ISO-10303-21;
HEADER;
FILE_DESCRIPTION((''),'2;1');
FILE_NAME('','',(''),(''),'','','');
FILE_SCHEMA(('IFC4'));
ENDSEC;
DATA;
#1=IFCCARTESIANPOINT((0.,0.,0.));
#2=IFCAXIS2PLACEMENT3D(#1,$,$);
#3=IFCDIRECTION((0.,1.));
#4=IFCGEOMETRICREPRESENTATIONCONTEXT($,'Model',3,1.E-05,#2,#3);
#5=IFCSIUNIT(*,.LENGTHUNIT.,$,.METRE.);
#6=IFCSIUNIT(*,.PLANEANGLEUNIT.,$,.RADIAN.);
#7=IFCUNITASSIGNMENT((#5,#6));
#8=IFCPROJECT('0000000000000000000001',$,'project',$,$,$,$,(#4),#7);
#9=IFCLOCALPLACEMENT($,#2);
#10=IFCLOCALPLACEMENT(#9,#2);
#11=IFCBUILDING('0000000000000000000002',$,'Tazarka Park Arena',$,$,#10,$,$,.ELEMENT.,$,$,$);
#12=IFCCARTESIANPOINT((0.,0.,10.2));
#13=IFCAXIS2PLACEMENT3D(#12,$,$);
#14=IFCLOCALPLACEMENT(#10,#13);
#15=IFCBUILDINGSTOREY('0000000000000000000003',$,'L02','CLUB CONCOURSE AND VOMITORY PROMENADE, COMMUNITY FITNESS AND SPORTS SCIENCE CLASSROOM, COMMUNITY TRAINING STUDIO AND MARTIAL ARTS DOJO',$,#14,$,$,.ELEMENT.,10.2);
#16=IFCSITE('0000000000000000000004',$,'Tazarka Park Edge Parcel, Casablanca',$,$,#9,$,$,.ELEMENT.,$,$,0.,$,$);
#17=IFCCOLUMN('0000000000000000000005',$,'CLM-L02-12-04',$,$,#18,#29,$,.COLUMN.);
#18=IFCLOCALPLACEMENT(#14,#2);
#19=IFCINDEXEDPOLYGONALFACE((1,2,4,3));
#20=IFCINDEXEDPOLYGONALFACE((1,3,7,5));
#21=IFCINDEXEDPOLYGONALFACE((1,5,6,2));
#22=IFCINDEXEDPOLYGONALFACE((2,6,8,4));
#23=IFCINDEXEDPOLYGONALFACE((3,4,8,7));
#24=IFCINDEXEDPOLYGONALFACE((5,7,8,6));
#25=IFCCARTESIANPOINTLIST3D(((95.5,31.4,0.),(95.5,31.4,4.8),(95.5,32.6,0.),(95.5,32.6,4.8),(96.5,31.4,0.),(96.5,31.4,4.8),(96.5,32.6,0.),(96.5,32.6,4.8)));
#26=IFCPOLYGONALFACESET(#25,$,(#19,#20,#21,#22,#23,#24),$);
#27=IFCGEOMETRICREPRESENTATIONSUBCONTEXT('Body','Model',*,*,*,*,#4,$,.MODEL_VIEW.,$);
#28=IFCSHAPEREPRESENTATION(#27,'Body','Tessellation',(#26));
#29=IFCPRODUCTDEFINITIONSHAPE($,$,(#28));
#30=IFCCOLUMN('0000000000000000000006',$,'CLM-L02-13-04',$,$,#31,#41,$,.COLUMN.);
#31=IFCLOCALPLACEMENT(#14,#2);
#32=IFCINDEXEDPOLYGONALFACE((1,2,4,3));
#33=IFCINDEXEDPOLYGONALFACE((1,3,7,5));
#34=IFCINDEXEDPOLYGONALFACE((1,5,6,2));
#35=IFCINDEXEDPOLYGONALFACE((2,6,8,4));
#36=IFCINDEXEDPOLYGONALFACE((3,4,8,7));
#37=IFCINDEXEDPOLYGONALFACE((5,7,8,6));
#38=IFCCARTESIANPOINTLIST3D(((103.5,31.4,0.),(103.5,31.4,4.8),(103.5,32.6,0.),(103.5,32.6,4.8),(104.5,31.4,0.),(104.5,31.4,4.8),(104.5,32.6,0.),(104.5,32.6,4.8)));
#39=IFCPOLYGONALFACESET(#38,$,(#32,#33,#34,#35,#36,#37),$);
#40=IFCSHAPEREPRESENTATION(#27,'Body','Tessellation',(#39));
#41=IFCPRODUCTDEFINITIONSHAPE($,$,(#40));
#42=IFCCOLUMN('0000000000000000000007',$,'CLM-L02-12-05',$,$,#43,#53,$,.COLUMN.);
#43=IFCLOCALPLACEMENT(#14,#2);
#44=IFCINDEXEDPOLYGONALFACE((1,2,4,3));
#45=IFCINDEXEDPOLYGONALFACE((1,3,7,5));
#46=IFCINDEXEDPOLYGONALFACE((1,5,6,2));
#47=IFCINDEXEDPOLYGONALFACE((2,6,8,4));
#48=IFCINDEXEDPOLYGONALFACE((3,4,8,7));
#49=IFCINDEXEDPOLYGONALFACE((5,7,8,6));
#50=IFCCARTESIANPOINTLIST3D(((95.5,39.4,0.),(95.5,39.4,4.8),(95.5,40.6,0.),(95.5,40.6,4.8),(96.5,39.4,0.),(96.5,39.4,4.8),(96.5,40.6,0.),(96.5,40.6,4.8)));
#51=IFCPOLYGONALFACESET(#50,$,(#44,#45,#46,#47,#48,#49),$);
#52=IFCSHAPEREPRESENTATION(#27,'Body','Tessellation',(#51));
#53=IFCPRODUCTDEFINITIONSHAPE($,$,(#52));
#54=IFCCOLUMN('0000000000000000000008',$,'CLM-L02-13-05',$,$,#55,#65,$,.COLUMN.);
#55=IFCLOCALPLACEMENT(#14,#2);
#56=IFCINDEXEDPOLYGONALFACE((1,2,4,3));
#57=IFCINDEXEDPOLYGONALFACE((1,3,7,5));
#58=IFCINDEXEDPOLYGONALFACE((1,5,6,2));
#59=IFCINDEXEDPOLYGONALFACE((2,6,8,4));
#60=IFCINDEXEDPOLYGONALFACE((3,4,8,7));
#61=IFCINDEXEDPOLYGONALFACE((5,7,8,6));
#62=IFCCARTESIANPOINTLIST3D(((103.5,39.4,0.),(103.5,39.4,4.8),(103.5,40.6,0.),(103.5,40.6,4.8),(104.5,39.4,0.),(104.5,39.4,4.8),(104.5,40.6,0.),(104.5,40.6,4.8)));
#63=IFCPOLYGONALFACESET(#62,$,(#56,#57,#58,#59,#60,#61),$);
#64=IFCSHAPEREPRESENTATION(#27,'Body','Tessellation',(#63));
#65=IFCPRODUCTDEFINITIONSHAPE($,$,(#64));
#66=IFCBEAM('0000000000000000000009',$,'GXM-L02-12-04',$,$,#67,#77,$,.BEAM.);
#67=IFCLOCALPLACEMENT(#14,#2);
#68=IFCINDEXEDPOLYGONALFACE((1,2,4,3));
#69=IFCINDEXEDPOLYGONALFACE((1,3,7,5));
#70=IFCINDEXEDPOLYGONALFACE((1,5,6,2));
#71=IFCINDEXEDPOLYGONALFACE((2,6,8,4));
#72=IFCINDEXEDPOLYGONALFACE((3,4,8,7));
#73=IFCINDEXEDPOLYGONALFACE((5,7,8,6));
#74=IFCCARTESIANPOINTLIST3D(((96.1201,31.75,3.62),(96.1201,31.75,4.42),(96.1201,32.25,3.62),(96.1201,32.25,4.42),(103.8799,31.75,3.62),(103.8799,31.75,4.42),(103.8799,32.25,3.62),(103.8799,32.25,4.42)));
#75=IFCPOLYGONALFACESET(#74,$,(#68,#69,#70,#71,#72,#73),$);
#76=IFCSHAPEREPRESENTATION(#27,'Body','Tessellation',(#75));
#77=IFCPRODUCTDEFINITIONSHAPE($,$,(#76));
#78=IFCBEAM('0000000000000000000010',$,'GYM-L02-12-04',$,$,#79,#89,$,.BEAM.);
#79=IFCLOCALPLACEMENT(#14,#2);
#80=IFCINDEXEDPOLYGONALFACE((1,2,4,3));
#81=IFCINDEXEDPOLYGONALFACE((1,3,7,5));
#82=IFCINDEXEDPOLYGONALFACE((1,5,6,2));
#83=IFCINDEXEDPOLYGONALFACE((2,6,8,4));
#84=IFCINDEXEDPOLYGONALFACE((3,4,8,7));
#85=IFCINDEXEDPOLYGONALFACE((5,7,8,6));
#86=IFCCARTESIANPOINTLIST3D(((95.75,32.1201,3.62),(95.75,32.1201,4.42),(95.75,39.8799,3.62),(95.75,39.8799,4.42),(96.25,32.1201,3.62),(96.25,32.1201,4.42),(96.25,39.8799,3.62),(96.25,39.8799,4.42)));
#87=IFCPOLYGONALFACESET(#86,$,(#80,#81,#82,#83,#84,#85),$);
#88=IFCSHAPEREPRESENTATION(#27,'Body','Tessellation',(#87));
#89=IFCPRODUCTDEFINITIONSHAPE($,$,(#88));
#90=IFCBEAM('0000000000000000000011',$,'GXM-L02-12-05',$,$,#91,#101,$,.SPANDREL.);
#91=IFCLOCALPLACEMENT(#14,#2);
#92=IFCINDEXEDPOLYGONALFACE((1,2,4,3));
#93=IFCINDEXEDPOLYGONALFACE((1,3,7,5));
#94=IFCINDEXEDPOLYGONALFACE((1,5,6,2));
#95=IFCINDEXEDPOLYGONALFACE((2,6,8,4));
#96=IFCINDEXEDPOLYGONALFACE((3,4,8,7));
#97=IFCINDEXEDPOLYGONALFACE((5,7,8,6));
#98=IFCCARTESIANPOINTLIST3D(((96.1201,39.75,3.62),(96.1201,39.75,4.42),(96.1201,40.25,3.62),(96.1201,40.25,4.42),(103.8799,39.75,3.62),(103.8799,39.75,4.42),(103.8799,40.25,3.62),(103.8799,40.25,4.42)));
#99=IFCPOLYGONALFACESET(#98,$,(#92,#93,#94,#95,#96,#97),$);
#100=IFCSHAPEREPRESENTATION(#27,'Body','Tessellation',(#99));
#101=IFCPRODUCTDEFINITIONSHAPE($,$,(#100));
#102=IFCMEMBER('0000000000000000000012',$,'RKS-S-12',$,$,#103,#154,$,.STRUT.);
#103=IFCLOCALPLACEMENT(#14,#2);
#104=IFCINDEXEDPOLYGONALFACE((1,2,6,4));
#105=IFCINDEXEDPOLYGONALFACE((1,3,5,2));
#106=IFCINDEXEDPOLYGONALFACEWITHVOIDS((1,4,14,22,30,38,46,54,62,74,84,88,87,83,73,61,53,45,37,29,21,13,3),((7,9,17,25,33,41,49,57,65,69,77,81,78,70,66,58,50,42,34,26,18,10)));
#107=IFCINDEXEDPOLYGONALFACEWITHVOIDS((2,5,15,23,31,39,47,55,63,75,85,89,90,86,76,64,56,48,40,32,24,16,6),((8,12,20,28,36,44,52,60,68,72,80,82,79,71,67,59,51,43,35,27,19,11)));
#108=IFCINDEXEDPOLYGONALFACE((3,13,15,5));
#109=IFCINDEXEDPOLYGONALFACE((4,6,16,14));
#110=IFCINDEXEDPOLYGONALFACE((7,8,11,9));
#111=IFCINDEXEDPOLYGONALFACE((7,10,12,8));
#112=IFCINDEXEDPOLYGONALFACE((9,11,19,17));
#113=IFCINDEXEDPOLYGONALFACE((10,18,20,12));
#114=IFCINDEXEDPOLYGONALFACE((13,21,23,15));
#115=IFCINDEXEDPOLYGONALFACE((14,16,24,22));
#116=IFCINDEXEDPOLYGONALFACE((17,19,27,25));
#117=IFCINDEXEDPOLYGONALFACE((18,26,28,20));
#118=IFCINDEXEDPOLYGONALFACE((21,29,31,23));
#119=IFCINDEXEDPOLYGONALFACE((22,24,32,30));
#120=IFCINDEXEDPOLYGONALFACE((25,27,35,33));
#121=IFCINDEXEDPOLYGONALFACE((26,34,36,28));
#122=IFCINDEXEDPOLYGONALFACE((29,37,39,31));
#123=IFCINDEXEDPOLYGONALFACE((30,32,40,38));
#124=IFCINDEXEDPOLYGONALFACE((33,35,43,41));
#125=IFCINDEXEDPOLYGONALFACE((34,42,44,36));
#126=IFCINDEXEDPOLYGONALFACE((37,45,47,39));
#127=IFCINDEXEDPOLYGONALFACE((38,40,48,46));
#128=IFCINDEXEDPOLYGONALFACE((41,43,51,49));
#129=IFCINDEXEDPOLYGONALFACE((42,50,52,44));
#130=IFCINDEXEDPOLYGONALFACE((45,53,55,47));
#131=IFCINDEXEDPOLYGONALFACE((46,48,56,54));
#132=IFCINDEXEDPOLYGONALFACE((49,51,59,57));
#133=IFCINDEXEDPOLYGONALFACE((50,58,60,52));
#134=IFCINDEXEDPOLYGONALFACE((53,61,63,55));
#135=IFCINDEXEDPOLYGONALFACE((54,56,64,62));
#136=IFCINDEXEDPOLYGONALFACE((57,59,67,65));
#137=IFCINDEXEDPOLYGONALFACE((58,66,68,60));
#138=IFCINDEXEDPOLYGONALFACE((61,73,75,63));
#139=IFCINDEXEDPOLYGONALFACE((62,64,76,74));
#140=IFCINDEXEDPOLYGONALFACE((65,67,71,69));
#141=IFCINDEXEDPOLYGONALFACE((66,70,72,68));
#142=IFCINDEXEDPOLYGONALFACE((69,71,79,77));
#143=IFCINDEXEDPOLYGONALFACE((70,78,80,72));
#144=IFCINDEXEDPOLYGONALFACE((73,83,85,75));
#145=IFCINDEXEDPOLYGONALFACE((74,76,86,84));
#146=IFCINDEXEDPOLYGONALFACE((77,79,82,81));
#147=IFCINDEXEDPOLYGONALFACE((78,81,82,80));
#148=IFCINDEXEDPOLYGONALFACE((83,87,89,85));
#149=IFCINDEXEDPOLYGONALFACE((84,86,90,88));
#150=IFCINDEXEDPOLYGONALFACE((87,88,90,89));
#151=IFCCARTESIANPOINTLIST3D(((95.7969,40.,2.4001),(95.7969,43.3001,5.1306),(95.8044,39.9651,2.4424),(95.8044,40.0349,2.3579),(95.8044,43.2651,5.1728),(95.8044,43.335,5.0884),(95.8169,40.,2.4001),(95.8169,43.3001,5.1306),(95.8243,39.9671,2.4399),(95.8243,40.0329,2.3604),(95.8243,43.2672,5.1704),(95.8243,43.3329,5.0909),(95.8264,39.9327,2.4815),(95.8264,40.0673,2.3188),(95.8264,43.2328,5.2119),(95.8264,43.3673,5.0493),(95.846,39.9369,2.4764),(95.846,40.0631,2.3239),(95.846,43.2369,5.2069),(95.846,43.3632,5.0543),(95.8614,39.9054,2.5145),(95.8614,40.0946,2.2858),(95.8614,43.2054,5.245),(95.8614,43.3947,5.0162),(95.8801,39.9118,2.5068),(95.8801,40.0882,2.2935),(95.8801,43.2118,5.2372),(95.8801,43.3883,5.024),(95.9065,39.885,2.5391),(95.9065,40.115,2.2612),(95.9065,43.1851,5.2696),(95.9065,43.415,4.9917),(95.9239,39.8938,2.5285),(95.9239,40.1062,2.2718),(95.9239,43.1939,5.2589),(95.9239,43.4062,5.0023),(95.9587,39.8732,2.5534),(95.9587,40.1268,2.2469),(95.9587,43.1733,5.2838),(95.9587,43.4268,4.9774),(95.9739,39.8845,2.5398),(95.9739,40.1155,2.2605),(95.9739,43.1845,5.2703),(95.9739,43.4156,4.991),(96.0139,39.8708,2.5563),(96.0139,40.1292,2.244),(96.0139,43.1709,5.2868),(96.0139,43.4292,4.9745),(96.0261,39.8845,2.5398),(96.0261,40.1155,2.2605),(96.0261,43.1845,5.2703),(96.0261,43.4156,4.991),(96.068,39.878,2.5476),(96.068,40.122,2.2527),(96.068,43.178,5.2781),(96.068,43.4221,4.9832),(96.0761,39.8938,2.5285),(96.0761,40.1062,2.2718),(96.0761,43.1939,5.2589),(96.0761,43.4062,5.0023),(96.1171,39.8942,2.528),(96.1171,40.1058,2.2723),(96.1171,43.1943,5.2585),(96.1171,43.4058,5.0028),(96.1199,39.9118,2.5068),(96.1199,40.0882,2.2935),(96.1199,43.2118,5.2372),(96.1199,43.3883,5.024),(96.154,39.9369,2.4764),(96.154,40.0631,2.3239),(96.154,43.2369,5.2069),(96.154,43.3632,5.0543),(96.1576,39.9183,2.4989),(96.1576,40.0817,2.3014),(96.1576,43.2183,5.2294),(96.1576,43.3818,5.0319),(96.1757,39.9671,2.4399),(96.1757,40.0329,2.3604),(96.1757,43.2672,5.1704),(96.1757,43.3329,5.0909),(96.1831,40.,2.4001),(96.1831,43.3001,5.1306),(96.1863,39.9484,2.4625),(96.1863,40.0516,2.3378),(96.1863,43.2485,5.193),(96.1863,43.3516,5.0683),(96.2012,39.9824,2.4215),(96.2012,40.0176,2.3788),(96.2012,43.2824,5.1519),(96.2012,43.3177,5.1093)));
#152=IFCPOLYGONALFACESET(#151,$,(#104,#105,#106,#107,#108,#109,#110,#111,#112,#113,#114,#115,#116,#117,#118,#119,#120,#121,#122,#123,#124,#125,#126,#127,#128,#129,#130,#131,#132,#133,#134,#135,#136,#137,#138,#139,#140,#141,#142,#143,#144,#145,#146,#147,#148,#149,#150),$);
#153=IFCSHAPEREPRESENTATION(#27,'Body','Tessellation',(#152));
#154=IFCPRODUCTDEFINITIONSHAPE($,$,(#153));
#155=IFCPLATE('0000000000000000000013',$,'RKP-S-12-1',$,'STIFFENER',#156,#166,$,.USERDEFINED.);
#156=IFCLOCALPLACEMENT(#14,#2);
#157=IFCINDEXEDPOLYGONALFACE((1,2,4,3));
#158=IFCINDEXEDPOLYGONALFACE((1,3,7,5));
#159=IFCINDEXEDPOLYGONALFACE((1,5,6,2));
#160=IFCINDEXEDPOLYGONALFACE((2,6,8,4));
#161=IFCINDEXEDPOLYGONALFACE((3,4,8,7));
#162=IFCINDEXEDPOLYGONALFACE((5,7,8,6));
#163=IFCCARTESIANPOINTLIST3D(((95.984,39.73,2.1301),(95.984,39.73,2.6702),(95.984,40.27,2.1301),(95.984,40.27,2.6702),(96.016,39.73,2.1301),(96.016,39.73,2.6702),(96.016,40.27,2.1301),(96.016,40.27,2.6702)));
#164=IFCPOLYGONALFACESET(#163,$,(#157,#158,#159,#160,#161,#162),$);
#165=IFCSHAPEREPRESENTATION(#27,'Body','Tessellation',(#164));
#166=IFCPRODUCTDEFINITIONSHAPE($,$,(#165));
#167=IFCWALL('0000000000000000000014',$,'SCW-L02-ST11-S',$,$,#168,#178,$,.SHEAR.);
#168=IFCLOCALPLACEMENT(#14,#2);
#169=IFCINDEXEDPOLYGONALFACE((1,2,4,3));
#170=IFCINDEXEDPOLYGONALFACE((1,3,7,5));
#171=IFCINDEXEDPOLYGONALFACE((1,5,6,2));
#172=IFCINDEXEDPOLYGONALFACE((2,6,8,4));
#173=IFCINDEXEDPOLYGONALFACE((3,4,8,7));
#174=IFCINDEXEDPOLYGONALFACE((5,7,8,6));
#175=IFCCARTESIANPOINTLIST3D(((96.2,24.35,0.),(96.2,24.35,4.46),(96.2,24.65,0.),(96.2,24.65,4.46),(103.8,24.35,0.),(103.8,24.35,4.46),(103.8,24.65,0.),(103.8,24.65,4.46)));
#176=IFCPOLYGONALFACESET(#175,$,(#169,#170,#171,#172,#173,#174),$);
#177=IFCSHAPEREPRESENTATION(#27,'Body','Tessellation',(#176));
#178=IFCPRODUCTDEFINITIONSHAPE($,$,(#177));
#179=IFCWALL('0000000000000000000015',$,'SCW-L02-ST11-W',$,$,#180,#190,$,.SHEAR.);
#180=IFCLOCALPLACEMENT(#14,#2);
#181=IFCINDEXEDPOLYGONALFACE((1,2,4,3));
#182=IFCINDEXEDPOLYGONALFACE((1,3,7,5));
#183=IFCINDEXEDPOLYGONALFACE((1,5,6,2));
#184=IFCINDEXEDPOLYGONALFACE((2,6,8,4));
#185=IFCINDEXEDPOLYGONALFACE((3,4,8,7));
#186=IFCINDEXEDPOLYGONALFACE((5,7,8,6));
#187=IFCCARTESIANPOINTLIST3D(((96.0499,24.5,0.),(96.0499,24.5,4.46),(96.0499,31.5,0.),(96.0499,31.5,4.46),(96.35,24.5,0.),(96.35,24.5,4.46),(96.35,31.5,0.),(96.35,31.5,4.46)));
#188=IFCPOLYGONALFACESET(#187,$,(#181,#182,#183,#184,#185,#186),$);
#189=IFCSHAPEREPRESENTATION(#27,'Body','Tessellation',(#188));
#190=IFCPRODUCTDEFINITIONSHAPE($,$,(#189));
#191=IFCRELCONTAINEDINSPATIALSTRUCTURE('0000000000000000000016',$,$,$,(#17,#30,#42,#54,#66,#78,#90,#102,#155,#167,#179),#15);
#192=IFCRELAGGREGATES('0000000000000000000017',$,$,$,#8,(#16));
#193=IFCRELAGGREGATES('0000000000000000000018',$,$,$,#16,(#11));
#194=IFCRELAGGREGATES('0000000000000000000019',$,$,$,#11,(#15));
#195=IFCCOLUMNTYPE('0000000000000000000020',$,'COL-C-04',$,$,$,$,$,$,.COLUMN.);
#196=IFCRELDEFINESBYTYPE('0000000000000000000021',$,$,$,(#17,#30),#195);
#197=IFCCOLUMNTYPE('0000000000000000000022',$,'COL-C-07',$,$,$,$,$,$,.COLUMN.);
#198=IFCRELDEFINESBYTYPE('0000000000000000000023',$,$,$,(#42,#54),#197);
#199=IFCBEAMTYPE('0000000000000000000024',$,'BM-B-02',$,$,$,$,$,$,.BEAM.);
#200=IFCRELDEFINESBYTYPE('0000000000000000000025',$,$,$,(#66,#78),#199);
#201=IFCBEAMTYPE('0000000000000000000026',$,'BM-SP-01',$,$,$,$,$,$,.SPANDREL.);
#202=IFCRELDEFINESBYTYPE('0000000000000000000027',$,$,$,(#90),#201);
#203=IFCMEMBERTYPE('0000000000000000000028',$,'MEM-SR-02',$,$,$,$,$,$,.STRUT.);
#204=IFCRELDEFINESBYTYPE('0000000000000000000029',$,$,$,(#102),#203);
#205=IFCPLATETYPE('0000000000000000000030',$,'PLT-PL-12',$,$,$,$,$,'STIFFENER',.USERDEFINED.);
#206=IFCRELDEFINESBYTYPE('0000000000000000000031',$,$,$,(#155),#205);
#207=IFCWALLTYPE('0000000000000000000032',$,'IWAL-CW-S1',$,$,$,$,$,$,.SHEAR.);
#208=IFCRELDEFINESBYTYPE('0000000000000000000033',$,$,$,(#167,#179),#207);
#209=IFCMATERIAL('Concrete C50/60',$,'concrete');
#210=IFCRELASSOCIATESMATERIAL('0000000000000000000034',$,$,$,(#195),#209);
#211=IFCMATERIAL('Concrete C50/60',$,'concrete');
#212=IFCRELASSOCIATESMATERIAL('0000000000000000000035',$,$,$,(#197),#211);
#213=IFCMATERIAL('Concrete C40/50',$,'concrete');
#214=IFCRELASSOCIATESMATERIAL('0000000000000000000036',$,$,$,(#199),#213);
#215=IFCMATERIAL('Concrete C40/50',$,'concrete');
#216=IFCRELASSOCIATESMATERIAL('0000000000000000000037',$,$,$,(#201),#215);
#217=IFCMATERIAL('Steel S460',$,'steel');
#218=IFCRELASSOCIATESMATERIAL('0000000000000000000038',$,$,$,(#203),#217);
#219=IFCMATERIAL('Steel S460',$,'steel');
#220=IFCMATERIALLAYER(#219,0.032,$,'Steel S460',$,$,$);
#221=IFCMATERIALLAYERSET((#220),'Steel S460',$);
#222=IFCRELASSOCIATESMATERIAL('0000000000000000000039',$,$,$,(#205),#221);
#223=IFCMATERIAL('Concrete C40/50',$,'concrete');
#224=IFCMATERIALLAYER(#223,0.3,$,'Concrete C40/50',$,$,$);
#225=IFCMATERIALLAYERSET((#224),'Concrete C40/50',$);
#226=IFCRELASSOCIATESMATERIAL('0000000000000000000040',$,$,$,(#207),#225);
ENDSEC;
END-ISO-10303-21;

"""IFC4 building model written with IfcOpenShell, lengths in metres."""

from ifc_helpers import new_model, si_unit, direction, frame, frame_2d, origin, origin_2d, place, context, subcontext, project, spatial, rectangle, hollow_circle, extrude, material, layer, layer_set, material_profile, profile_set, type_object, element, save


model = new_model("IFC4")

# Units and contexts
model_context = context("Model", 3, precision=1e-05, world=origin(), true_north=direction((0.0, 1.0)))
body_context = subcontext(model_context, "Body", "Model", "MODEL_VIEW")
ifc_project = project(units=[si_unit("LENGTHUNIT", "METRE"), si_unit("PLANEANGLEUNIT", "RADIAN")], contexts=[model_context])

# Site, building, storey
site_placement = place(None, origin())
site = spatial("IfcSite", under=ifc_project, at=site_placement, Name="Tazarka Park Edge Parcel, Casablanca", CompositionType="ELEMENT", RefElevation=0.0)
building_placement = place(site_placement, origin())
building = spatial("IfcBuilding", under=site, at=building_placement, Name="Tazarka Park Arena", CompositionType="ELEMENT")
storey_placement = place(building_placement, frame((0.0, 0.0, 10.2)))
storey = spatial("IfcBuildingStorey", under=building, at=storey_placement, Name="L02", Description="CLUB CONCOURSE AND VOMITORY PROMENADE, COMMUNITY FITNESS AND SPORTS SCIENCE CLASSROOM, COMMUNITY TRAINING STUDIO AND MARTIAL ARTS DOJO", CompositionType="ELEMENT", Elevation=10.2)

# Columns
ifc_material_1 = material(Name="Concrete C50/60", Category="concrete")
ifc_material_profile_1 = material_profile(ifc_material_1, rectangle(XDim=1.0, YDim=1.2, at=origin_2d()), Name="Concrete C50/60")
ifc_profile_set_1 = profile_set([ifc_material_profile_1], Name="Concrete C50/60")
column_type_1 = type_object("IfcColumnType", Name="COL-C-04", PredefinedType="COLUMN", material=ifc_profile_set_1)
for number, where, z_axis, x_axis, name in (
    (1, (96.0, 32.0, 0.0), (0.0, 0.0, 1.0), (1.0, 0.0, 0.0), "CLM-L02-12-04"),
    (2, (104.0, 32.0, 0.0), (0.0, 0.0, 1.0), (1.0, 0.0, 0.0), "CLM-L02-13-04"),
):
    element("IfcColumn", number, at=place(storey_placement, frame(where, z_axis=z_axis, x_axis=x_axis)), inside=storey, type_object=column_type_1, Name=name, PredefinedType="COLUMN", context=body_context, shape_type="SweptSolid", body=[
        extrude(rectangle(XDim=1.0, YDim=1.2, at=origin_2d()), origin(), (0.0, 0.0, 1.0), 4.8),
    ])
ifc_material_2 = material(Name="Concrete C50/60", Category="concrete")
ifc_material_profile_2 = material_profile(ifc_material_2, rectangle(XDim=1.0, YDim=1.2, at=origin_2d()), Name="Concrete C50/60")
ifc_profile_set_2 = profile_set([ifc_material_profile_2], Name="Concrete C50/60")
column_type_2 = type_object("IfcColumnType", Name="COL-C-07", PredefinedType="COLUMN", material=ifc_profile_set_2)
for number, where, z_axis, x_axis, name in (
    (3, (96.0, 40.0, 0.0), (0.0, 0.0, 1.0), (1.0, 0.0, 0.0), "CLM-L02-12-05"),
    (4, (104.0, 40.0, 0.0), (0.0, 0.0, 1.0), (1.0, 0.0, 0.0), "CLM-L02-13-05"),
):
    element("IfcColumn", number, at=place(storey_placement, frame(where, z_axis=z_axis, x_axis=x_axis)), inside=storey, type_object=column_type_2, Name=name, PredefinedType="COLUMN", context=body_context, shape_type="SweptSolid", body=[
        extrude(rectangle(XDim=1.0, YDim=1.2, at=origin_2d()), origin(), (0.0, 0.0, 1.0), 4.8),
    ])

# Beams
ifc_material_3 = material(Name="Concrete C40/50", Category="concrete")
ifc_material_profile_3 = material_profile(ifc_material_3, rectangle(XDim=0.5, YDim=0.8, at=origin_2d()), Name="Concrete C40/50")
ifc_profile_set_3 = profile_set([ifc_material_profile_3], Name="Concrete C40/50")
beam_type_1 = type_object("IfcBeamType", Name="BM-B-02", PredefinedType="BEAM", material=ifc_profile_set_3)
for number, where, z_axis, x_axis, name in (
    (5, (96.1201, 32.0, 4.02), (1.0, 0.0, 0.0), (0.0, 1.0, 0.0), "GXM-L02-12-04"),
    (6, (96.0, 32.1201, 4.02), (0.0, 1.0, 0.0), (-1.0, 0.0, 0.0), "GYM-L02-12-04"),
):
    element("IfcBeam", number, at=place(storey_placement, frame(where, z_axis=z_axis, x_axis=x_axis)), inside=storey, type_object=beam_type_1, Name=name, PredefinedType="BEAM", context=body_context, shape_type="SweptSolid", body=[
        extrude(rectangle(XDim=0.5, YDim=0.8, at=origin_2d()), origin(), (0.0, 0.0, 1.0), 7.7598),
    ])
ifc_material_4 = material(Name="Concrete C40/50", Category="concrete")
ifc_material_profile_4 = material_profile(ifc_material_4, rectangle(XDim=0.5, YDim=0.8, at=origin_2d()), Name="Concrete C40/50")
ifc_profile_set_4 = profile_set([ifc_material_profile_4], Name="Concrete C40/50")
beam_type_2 = type_object("IfcBeamType", Name="BM-SP-01", PredefinedType="SPANDREL", material=ifc_profile_set_4)
beam_placement = place(storey_placement, frame((96.1201, 40.0, 4.02), z_axis=(1.0, 0.0, 0.0), x_axis=(0.0, 1.0, 0.0)))
element("IfcBeam", 7, at=beam_placement, inside=storey, type_object=beam_type_2, Name="GXM-L02-12-05", PredefinedType="SPANDREL", context=body_context, shape_type="SweptSolid", body=[
    extrude(rectangle(XDim=0.5, YDim=0.8, at=origin_2d()), origin(), (0.0, 0.0, 1.0), 7.7598),
])

# Member
ifc_material_5 = material(Name="Steel S460", Category="steel")
ifc_material_profile_5 = material_profile(ifc_material_5, hollow_circle(Radius=0.2031, WallThickness=0.02, at=origin_2d()), Name="Steel S460")
ifc_profile_set_5 = profile_set([ifc_material_profile_5], Name="Steel S460")
member_type = type_object("IfcMemberType", Name="MEM-SR-02", PredefinedType="STRUT", material=ifc_profile_set_5)
member_placement = place(storey_placement, frame((96.0, 40.0, 2.4001), z_axis=(0.0, 0.770464, 0.637484), x_axis=(-1.0, 0.0, 0.0)))
element("IfcMember", 8, at=member_placement, inside=storey, type_object=member_type, Name="RKS-S-12", PredefinedType="STRUT", context=body_context, shape_type="SweptSolid", body=[
    extrude(hollow_circle(Radius=0.2031, WallThickness=0.02, at=origin_2d()), origin(), (0.0, 0.0, 1.0), 4.2832),
])

# Plate
ifc_material_6 = material(Name="Steel S460", Category="steel")
ifc_layer_1 = layer(ifc_material_6, 0.032, Name="Steel S460")
ifc_layer_set_1 = layer_set([ifc_layer_1], Name="Steel S460")
plate_type = type_object("IfcPlateType", Name="PLT-PL-12", ElementType="STIFFENER", PredefinedType="USERDEFINED", material=ifc_layer_set_1)
plate_placement = place(storey_placement, frame((96.0, 40.0, 2.1301), z_axis=(0.0, 0.0, 1.0), x_axis=(1.0, 0.0, 0.0)))
element("IfcPlate", 9, at=plate_placement, inside=storey, type_object=plate_type, Name="RKP-S-12-1", ObjectType="STIFFENER", PredefinedType="USERDEFINED", context=body_context, shape_type="SweptSolid", body=[
    extrude(rectangle(XDim=0.032, YDim=0.54, at=origin_2d()), origin(), (0.0, 0.0, 1.0), 0.54),
])

# Walls
ifc_material_7 = material(Name="Concrete C40/50", Category="concrete")
ifc_layer_2 = layer(ifc_material_7, 0.3, Name="Concrete C40/50")
ifc_layer_set_2 = layer_set([ifc_layer_2], Name="Concrete C40/50")
wall_type = type_object("IfcWallType", Name="IWAL-CW-S1", PredefinedType="SHEAR", material=ifc_layer_set_2)
wall_1_placement = place(storey_placement, frame((103.8, 24.5, 0.0), z_axis=(0.0, 0.0, 1.0), x_axis=(-1.0, 0.0, 0.0)))
element("IfcWall", 10, at=wall_1_placement, inside=storey, type_object=wall_type, Name="SCW-L02-ST11-S", PredefinedType="SHEAR", context=body_context, shape_type="SweptSolid", body=[
    extrude(rectangle(XDim=7.6001, YDim=0.3, at=frame_2d((3.8, 0.0))), origin(), (0.0, 0.0, 1.0), 4.46),
])
wall_2_placement = place(storey_placement, frame((96.2, 24.5, 0.0), z_axis=(0.0, 0.0, 1.0), x_axis=(0.0, 1.0, 0.0)))
element("IfcWall", 11, at=wall_2_placement, inside=storey, type_object=wall_type, Name="SCW-L02-ST11-W", PredefinedType="SHEAR", context=body_context, shape_type="SweptSolid", body=[
    extrude(rectangle(XDim=7.0, YDim=0.3, at=frame_2d((3.5, 0.0))), origin(), (0.0, 0.0, 1.0), 4.46),
])

save(model, "model.ifc")
